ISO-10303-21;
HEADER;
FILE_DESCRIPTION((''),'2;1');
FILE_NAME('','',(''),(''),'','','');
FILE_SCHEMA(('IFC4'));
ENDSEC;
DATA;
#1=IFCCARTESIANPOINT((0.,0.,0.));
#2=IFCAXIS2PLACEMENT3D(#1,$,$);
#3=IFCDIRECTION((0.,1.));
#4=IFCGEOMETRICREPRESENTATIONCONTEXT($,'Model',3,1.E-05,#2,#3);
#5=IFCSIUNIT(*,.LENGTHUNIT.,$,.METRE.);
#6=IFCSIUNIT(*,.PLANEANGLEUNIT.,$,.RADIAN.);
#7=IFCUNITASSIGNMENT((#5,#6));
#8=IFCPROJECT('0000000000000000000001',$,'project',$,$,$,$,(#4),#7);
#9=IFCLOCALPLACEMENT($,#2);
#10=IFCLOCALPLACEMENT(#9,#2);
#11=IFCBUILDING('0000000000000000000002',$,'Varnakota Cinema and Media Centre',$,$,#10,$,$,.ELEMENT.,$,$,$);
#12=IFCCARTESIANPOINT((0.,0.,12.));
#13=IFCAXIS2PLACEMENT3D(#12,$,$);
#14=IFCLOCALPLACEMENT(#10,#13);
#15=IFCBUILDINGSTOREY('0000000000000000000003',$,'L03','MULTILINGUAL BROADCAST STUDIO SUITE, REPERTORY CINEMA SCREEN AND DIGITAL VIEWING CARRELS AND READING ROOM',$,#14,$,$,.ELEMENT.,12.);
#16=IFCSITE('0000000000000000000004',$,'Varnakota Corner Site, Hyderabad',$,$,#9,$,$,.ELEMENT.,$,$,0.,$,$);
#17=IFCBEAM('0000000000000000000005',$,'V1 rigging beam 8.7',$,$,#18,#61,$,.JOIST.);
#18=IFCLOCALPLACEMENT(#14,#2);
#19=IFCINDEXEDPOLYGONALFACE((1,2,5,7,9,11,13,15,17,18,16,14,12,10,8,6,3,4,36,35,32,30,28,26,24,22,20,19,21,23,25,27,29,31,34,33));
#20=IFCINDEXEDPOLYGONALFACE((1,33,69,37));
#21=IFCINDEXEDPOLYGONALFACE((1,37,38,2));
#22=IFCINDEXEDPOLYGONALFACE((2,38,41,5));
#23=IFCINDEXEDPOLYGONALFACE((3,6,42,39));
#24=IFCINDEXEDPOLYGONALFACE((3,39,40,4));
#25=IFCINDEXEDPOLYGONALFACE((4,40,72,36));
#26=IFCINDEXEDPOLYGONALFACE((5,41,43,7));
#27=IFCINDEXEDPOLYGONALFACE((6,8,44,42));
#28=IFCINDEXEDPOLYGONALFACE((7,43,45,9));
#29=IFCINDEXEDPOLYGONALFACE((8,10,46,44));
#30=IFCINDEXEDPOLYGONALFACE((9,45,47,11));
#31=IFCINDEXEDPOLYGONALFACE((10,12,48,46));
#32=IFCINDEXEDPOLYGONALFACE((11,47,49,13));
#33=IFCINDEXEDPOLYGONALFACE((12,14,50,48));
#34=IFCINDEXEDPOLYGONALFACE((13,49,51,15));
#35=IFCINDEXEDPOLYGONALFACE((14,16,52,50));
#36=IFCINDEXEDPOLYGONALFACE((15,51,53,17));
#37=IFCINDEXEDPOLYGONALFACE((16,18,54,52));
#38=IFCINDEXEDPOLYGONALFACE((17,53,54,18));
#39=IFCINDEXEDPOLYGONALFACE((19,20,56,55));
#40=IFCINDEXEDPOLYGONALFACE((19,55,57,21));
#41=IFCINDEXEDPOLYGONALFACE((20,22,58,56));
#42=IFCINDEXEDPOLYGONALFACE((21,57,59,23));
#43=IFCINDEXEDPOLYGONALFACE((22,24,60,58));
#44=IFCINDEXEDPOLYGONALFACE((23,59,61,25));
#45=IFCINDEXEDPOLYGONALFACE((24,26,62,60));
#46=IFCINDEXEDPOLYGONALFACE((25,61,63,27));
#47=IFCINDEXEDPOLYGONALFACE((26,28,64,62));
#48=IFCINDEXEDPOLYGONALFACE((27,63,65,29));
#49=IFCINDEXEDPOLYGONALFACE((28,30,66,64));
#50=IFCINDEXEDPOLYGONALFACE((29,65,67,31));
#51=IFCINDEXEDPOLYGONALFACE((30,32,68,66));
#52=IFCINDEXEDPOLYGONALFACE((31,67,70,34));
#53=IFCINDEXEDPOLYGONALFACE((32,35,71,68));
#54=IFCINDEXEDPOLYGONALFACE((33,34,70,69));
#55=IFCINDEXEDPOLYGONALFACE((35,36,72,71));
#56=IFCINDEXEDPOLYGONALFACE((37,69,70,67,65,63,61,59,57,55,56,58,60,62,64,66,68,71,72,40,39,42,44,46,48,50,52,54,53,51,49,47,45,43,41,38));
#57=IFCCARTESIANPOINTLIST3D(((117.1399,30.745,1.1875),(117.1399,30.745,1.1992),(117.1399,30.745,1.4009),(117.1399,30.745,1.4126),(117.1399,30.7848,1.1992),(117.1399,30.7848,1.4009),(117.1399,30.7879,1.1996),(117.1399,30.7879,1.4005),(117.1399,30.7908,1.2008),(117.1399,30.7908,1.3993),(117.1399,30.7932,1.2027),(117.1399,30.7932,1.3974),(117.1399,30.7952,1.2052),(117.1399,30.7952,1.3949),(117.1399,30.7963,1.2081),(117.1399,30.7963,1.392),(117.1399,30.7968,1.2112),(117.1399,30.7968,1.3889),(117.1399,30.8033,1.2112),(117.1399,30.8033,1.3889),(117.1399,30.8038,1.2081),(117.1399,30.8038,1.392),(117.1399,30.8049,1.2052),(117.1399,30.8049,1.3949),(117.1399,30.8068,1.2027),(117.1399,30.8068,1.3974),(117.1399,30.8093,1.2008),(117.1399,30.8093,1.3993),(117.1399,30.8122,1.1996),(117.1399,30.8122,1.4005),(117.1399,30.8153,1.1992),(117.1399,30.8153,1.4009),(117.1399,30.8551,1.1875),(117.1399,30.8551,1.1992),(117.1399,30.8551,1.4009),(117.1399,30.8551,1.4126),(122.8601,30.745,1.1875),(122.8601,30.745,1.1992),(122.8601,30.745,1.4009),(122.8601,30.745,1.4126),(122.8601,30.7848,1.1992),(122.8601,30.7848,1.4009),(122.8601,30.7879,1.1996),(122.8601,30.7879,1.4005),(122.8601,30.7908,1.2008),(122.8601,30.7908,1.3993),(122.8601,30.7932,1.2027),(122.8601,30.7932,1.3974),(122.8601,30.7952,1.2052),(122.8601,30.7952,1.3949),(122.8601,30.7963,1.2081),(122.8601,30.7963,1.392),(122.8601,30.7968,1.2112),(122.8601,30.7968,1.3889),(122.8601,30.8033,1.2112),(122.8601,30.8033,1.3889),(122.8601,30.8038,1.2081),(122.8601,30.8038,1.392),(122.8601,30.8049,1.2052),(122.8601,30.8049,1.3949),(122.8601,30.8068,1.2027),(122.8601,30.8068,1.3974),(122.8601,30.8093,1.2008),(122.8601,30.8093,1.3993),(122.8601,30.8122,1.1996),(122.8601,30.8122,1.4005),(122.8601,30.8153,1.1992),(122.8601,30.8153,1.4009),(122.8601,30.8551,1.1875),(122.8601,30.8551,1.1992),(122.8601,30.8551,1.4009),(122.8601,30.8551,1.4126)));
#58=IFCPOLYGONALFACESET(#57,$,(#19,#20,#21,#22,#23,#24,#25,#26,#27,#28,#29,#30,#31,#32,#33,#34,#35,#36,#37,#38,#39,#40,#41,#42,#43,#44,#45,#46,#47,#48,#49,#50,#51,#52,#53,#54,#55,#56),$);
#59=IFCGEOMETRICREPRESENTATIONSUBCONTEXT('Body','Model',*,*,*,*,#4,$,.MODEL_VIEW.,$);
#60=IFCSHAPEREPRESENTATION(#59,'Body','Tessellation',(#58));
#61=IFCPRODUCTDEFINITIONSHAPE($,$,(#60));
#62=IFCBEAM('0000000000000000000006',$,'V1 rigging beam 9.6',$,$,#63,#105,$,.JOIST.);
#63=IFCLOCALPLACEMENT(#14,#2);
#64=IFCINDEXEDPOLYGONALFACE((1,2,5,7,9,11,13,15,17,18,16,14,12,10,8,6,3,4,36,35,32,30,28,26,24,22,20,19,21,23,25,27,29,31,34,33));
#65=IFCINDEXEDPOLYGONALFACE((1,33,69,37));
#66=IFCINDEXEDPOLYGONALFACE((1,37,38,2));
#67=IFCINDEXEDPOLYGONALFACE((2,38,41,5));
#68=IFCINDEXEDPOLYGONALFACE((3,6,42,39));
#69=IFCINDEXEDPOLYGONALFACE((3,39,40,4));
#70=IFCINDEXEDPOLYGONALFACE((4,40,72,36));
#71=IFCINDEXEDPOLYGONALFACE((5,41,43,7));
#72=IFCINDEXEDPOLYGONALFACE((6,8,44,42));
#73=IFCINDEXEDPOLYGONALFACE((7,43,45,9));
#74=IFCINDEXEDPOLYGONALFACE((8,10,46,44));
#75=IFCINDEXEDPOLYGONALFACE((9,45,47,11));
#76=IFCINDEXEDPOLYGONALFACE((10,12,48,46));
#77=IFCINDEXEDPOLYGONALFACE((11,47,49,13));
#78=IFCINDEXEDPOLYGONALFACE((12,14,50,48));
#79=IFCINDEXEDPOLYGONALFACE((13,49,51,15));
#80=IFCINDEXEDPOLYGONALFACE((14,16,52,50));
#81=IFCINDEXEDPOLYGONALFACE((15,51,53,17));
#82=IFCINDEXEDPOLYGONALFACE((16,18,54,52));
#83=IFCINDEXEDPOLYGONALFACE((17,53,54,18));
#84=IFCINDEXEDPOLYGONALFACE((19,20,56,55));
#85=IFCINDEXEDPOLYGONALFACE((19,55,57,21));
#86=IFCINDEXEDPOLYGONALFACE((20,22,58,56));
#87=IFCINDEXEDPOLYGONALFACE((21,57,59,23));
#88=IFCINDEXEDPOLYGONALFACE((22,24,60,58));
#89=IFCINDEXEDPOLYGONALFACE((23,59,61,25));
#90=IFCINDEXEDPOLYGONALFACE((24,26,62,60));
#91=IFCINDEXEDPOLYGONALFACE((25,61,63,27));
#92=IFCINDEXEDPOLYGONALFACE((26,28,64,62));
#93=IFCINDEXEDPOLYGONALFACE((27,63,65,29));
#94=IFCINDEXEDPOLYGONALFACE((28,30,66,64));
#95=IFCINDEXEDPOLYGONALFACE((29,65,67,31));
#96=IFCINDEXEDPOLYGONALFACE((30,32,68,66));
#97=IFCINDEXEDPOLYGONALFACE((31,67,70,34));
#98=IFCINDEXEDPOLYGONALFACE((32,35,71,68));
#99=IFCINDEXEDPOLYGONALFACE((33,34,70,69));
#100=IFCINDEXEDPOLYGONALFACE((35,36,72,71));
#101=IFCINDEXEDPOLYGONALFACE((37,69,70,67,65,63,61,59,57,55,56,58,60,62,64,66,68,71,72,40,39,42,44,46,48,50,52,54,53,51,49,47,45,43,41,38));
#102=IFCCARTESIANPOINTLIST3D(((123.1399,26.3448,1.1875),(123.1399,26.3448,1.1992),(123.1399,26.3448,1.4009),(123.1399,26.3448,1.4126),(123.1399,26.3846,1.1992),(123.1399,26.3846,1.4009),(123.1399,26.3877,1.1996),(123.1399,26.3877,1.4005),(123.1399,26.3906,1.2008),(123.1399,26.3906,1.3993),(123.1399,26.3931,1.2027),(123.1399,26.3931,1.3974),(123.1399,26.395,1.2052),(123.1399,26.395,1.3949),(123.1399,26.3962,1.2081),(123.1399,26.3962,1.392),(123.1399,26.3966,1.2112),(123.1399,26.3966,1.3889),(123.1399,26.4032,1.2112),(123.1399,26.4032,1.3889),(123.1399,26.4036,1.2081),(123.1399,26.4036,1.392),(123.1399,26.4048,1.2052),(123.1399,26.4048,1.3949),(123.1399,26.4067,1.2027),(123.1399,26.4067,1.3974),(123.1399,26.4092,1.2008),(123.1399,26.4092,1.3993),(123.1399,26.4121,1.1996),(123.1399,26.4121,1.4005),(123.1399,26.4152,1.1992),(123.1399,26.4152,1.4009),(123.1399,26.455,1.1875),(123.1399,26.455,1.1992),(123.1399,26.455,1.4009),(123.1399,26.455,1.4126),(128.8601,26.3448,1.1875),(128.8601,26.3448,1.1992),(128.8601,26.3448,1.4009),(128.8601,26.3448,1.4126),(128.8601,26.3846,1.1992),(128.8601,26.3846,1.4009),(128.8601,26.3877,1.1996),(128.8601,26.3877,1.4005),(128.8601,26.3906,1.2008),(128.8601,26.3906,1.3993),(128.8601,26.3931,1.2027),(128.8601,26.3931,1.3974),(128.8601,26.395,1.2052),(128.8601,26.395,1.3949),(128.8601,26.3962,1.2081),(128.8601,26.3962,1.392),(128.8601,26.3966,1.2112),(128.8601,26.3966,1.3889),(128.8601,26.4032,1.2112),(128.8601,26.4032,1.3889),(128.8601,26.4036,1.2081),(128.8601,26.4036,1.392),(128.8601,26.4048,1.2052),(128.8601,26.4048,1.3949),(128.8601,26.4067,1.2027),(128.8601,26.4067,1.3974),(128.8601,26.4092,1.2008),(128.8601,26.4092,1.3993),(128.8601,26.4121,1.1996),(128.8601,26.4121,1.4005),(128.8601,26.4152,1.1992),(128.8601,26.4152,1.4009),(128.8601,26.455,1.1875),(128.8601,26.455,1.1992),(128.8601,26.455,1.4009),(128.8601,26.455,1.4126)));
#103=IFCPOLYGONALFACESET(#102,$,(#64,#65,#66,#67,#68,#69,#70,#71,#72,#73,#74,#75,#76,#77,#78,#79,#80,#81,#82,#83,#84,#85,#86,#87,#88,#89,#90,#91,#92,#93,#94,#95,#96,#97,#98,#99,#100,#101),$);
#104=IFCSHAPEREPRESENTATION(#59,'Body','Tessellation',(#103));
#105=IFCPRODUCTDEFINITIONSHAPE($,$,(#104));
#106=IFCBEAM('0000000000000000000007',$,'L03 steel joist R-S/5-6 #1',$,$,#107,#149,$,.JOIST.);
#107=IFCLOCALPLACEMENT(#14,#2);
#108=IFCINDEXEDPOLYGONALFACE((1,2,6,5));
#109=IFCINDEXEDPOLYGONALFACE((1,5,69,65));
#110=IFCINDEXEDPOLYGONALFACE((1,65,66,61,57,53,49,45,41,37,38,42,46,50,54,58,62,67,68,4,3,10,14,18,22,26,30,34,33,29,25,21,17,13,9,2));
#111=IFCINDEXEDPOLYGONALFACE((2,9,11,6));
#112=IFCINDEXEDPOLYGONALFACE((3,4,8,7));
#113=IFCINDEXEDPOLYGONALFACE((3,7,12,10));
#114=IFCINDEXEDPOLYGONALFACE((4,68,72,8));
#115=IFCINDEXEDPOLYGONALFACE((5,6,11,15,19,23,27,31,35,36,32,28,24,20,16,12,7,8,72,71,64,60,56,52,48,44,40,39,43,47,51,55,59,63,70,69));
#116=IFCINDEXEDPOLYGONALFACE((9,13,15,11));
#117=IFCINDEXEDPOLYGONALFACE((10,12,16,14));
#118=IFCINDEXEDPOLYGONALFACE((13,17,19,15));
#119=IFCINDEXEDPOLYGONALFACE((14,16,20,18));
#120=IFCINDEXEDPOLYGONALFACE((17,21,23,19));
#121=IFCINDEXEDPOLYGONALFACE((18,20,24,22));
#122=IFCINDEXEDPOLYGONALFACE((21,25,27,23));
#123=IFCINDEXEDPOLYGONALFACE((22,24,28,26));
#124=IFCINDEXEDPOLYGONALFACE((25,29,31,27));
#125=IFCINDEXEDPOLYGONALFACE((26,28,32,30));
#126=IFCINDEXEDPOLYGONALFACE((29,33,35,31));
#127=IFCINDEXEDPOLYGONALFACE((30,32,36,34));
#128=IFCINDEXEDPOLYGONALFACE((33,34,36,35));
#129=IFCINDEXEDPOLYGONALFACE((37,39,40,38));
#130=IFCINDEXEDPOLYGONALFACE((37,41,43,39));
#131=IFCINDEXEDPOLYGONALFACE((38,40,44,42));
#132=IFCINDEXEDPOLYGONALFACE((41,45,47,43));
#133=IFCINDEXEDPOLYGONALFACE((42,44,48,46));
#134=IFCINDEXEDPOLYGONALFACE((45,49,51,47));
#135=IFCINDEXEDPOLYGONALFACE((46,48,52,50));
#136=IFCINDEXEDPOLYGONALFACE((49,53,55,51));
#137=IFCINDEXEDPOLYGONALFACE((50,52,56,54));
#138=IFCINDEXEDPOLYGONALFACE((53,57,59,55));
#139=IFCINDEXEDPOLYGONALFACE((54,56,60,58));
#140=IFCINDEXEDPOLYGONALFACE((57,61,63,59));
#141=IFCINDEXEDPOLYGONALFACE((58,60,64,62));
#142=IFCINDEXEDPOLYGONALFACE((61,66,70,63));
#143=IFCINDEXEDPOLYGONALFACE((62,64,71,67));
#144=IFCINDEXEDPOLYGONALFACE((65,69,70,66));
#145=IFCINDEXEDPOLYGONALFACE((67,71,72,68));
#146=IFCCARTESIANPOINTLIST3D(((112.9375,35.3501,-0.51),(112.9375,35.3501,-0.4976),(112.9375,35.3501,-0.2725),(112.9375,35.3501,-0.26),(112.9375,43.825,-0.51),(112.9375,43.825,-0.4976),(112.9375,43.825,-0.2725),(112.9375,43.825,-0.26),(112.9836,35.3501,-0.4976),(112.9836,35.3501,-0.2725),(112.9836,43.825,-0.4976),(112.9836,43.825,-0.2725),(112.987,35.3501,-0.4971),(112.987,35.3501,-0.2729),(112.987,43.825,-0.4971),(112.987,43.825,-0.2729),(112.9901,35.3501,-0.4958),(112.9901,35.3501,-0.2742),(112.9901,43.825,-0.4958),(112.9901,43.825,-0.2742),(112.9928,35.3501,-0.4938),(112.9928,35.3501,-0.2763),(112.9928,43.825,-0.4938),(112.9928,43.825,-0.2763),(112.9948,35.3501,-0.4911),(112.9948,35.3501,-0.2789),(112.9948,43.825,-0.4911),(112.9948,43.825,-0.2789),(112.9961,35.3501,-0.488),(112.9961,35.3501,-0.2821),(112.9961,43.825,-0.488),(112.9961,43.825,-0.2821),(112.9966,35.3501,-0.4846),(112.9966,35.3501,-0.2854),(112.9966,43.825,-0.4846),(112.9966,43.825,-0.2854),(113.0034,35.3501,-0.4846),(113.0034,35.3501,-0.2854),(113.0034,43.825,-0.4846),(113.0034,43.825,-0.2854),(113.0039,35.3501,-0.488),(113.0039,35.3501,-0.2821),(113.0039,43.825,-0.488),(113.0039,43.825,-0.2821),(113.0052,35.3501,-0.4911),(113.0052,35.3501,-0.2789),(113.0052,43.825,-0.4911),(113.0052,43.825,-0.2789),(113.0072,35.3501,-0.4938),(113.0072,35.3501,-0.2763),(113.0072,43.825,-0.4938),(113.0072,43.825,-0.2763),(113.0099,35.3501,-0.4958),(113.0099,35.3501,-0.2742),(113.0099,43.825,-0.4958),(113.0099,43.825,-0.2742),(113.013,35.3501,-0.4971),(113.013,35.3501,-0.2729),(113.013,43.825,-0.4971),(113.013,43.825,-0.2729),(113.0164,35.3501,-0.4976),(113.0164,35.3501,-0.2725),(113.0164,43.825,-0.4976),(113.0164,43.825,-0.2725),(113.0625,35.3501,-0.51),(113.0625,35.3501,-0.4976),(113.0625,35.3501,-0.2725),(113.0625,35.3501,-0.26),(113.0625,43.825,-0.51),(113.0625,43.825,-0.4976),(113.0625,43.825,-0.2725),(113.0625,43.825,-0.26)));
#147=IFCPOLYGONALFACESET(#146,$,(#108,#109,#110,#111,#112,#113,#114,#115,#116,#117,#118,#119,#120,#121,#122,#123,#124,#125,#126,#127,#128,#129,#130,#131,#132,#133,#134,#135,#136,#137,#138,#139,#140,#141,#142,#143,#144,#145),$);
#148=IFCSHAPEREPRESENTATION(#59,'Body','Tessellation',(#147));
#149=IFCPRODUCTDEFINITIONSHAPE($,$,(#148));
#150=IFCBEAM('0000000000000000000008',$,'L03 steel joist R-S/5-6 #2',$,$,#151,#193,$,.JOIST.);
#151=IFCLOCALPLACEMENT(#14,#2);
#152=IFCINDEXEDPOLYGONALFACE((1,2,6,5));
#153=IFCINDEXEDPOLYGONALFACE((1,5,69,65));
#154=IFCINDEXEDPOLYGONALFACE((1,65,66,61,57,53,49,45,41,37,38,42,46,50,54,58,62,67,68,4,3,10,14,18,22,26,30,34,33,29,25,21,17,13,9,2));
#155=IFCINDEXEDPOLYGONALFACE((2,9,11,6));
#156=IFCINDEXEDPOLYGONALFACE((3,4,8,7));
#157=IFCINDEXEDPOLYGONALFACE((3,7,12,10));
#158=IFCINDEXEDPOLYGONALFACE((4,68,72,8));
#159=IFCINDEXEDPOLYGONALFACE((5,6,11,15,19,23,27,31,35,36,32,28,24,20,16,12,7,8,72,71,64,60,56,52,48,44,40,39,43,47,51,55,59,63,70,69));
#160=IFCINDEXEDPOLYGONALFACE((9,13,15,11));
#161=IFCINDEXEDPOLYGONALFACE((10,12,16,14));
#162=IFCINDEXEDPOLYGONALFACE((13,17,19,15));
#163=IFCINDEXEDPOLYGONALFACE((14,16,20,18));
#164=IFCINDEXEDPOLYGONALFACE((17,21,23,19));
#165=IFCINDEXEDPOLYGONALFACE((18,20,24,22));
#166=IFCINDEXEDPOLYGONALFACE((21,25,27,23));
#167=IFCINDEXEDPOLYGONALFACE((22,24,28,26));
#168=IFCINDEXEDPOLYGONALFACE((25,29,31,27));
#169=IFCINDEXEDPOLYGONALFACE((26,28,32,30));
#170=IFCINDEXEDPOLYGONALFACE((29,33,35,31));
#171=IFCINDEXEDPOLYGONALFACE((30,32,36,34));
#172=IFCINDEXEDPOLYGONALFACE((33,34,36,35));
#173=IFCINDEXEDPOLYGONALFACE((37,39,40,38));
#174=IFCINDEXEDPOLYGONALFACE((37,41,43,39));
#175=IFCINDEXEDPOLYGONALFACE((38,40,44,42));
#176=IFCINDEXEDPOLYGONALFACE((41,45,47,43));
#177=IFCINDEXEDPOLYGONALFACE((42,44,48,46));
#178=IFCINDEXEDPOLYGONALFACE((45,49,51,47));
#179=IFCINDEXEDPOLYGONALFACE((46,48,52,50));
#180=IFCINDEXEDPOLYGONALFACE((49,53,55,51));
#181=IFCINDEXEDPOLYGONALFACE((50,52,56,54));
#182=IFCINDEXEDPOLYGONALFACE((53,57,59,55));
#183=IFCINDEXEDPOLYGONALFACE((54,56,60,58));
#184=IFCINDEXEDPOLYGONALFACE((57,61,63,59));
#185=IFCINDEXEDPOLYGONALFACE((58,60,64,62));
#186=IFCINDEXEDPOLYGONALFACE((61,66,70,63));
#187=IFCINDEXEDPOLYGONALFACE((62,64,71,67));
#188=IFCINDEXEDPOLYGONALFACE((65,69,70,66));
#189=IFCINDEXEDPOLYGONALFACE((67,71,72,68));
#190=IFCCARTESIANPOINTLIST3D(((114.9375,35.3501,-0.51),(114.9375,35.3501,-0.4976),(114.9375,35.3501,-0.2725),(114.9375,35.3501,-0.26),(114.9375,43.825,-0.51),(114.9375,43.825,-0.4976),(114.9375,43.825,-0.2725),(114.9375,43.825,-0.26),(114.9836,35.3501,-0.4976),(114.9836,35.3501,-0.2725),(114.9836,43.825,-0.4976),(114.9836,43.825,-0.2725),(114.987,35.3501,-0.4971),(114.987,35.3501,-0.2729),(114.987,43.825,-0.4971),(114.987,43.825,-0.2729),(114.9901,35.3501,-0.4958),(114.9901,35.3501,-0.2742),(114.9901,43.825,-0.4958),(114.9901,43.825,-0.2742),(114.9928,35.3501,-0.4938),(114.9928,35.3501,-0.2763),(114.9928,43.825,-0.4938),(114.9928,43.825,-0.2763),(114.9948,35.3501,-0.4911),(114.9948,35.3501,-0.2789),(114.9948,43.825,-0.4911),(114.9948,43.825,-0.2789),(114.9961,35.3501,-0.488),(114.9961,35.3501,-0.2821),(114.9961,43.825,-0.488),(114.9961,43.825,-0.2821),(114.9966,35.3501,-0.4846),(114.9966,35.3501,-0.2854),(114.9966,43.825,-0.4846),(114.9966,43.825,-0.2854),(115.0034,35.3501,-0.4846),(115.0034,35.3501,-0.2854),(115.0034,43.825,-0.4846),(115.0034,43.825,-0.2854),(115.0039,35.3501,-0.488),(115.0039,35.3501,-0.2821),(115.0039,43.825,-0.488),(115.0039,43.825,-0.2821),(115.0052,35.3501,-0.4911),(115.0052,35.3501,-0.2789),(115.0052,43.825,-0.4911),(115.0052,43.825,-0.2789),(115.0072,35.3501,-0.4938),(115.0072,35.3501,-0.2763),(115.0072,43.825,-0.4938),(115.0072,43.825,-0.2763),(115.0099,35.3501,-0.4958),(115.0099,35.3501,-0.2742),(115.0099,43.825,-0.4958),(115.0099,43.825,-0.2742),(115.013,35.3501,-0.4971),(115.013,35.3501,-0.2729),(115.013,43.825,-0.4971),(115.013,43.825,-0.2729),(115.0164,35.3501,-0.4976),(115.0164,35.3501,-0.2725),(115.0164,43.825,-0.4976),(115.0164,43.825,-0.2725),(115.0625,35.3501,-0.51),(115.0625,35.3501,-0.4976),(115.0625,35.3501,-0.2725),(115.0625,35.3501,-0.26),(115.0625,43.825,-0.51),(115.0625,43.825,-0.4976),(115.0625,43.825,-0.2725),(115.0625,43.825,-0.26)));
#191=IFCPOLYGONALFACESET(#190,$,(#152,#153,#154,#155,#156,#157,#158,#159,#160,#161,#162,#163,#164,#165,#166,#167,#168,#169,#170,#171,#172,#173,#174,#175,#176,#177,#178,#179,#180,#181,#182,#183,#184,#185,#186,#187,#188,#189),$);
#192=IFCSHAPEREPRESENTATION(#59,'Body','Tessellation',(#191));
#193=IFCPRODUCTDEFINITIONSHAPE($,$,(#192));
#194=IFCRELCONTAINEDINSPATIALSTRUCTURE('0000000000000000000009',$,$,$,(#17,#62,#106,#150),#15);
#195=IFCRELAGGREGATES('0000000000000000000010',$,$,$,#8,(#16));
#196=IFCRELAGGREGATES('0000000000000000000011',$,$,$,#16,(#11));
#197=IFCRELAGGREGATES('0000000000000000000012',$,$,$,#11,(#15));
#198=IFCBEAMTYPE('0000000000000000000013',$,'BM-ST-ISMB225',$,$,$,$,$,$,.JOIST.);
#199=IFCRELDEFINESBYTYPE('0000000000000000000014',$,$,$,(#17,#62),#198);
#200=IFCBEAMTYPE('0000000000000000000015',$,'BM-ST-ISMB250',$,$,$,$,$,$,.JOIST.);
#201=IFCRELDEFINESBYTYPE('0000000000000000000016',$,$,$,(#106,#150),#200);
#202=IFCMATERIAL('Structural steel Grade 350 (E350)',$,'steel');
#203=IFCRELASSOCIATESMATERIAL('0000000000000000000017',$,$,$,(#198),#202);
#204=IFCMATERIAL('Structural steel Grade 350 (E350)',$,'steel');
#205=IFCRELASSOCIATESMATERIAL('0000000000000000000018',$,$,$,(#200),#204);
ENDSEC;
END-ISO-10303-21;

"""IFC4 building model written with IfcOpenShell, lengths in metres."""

from ifc_helpers import new_model, si_unit, direction, frame, origin, origin_2d, place, context, subcontext, project, spatial, i_section, extrude, material, material_profile, profile_set, type_object, element, save


model = new_model("IFC4")

# Units and contexts
model_context = context("Model", 3, precision=1e-05, world=origin(), true_north=direction((0.0, 1.0)))
body_context = subcontext(model_context, "Body", "Model", "MODEL_VIEW")
ifc_project = project(units=[si_unit("LENGTHUNIT", "METRE"), si_unit("PLANEANGLEUNIT", "RADIAN")], contexts=[model_context])

# Site, building, storey
site_placement = place(None, origin())
site = spatial("IfcSite", under=ifc_project, at=site_placement, Name="Varnakota Corner Site, Hyderabad", CompositionType="ELEMENT", RefElevation=0.0)
building_placement = place(site_placement, origin())
building = spatial("IfcBuilding", under=site, at=building_placement, Name="Varnakota Cinema and Media Centre", CompositionType="ELEMENT")
storey_placement = place(building_placement, frame((0.0, 0.0, 12.0)))
storey = spatial("IfcBuildingStorey", under=building, at=storey_placement, Name="L03", Description="MULTILINGUAL BROADCAST STUDIO SUITE, REPERTORY CINEMA SCREEN AND DIGITAL VIEWING CARRELS AND READING ROOM", CompositionType="ELEMENT", Elevation=12.0)

# Beams
ifc_material_1 = material(Name="Structural steel Grade 350 (E350)", Category="steel")
ifc_material_profile_1 = material_profile(ifc_material_1, i_section(OverallWidth=0.1101, OverallDepth=0.2251, WebThickness=0.0066, FlangeThickness=0.0117, FilletRadius=0.012, at=origin_2d()), Name="ISMB 225")
ifc_profile_set_1 = profile_set([ifc_material_profile_1], Name="Structural steel Grade 350 (E350)")
beam_type_1 = type_object("IfcBeamType", Name="BM-ST-ISMB225", PredefinedType="JOIST", material=ifc_profile_set_1)
for number, where, z_axis, x_axis, name in (
    (1, (117.1399, 30.8, 1.3), (1.0, 0.0, 0.0), (0.0, 1.0, 0.0), "V1 rigging beam 8.7"),
    (2, (123.1399, 26.3999, 1.3), (1.0, 0.0, 0.0), (0.0, 1.0, 0.0), "V1 rigging beam 9.6"),
):
    element("IfcBeam", number, at=place(storey_placement, frame(where, z_axis=z_axis, x_axis=x_axis)), inside=storey, type_object=beam_type_1, Name=name, PredefinedType="JOIST", context=body_context, shape_type="SweptSolid", body=[
        extrude(i_section(OverallWidth=0.1101, OverallDepth=0.2251, WebThickness=0.0066, FlangeThickness=0.0117, FilletRadius=0.012, at=origin_2d()), origin(), (0.0, 0.0, 1.0), 5.7202),
    ])
ifc_material_2 = material(Name="Structural steel Grade 350 (E350)", Category="steel")
ifc_material_profile_2 = material_profile(ifc_material_2, i_section(OverallWidth=0.125, OverallDepth=0.25, WebThickness=0.0068, FlangeThickness=0.0125, FilletRadius=0.0129, at=origin_2d()), Name="ISMB 250")
ifc_profile_set_2 = profile_set([ifc_material_profile_2], Name="Structural steel Grade 350 (E350)")
beam_type_2 = type_object("IfcBeamType", Name="BM-ST-ISMB250", PredefinedType="JOIST", material=ifc_profile_set_2)
for number, where, z_axis, x_axis, name in (
    (3, (113.0, 35.3501, -0.385), (0.0, 1.0, 0.0), (-1.0, 0.0, 0.0), "L03 steel joist R-S/5-6 #1"),
    (4, (115.0, 35.3501, -0.385), (0.0, 1.0, 0.0), (-1.0, 0.0, 0.0), "L03 steel joist R-S/5-6 #2"),
):
    element("IfcBeam", number, at=place(storey_placement, frame(where, z_axis=z_axis, x_axis=x_axis)), inside=storey, type_object=beam_type_2, Name=name, PredefinedType="JOIST", context=body_context, shape_type="SweptSolid", body=[
        extrude(i_section(OverallWidth=0.125, OverallDepth=0.25, WebThickness=0.0068, FlangeThickness=0.0125, FilletRadius=0.0129, at=origin_2d()), origin(), (0.0, 0.0, 1.0), 8.4749),
    ])

save(model, "model.ifc")
